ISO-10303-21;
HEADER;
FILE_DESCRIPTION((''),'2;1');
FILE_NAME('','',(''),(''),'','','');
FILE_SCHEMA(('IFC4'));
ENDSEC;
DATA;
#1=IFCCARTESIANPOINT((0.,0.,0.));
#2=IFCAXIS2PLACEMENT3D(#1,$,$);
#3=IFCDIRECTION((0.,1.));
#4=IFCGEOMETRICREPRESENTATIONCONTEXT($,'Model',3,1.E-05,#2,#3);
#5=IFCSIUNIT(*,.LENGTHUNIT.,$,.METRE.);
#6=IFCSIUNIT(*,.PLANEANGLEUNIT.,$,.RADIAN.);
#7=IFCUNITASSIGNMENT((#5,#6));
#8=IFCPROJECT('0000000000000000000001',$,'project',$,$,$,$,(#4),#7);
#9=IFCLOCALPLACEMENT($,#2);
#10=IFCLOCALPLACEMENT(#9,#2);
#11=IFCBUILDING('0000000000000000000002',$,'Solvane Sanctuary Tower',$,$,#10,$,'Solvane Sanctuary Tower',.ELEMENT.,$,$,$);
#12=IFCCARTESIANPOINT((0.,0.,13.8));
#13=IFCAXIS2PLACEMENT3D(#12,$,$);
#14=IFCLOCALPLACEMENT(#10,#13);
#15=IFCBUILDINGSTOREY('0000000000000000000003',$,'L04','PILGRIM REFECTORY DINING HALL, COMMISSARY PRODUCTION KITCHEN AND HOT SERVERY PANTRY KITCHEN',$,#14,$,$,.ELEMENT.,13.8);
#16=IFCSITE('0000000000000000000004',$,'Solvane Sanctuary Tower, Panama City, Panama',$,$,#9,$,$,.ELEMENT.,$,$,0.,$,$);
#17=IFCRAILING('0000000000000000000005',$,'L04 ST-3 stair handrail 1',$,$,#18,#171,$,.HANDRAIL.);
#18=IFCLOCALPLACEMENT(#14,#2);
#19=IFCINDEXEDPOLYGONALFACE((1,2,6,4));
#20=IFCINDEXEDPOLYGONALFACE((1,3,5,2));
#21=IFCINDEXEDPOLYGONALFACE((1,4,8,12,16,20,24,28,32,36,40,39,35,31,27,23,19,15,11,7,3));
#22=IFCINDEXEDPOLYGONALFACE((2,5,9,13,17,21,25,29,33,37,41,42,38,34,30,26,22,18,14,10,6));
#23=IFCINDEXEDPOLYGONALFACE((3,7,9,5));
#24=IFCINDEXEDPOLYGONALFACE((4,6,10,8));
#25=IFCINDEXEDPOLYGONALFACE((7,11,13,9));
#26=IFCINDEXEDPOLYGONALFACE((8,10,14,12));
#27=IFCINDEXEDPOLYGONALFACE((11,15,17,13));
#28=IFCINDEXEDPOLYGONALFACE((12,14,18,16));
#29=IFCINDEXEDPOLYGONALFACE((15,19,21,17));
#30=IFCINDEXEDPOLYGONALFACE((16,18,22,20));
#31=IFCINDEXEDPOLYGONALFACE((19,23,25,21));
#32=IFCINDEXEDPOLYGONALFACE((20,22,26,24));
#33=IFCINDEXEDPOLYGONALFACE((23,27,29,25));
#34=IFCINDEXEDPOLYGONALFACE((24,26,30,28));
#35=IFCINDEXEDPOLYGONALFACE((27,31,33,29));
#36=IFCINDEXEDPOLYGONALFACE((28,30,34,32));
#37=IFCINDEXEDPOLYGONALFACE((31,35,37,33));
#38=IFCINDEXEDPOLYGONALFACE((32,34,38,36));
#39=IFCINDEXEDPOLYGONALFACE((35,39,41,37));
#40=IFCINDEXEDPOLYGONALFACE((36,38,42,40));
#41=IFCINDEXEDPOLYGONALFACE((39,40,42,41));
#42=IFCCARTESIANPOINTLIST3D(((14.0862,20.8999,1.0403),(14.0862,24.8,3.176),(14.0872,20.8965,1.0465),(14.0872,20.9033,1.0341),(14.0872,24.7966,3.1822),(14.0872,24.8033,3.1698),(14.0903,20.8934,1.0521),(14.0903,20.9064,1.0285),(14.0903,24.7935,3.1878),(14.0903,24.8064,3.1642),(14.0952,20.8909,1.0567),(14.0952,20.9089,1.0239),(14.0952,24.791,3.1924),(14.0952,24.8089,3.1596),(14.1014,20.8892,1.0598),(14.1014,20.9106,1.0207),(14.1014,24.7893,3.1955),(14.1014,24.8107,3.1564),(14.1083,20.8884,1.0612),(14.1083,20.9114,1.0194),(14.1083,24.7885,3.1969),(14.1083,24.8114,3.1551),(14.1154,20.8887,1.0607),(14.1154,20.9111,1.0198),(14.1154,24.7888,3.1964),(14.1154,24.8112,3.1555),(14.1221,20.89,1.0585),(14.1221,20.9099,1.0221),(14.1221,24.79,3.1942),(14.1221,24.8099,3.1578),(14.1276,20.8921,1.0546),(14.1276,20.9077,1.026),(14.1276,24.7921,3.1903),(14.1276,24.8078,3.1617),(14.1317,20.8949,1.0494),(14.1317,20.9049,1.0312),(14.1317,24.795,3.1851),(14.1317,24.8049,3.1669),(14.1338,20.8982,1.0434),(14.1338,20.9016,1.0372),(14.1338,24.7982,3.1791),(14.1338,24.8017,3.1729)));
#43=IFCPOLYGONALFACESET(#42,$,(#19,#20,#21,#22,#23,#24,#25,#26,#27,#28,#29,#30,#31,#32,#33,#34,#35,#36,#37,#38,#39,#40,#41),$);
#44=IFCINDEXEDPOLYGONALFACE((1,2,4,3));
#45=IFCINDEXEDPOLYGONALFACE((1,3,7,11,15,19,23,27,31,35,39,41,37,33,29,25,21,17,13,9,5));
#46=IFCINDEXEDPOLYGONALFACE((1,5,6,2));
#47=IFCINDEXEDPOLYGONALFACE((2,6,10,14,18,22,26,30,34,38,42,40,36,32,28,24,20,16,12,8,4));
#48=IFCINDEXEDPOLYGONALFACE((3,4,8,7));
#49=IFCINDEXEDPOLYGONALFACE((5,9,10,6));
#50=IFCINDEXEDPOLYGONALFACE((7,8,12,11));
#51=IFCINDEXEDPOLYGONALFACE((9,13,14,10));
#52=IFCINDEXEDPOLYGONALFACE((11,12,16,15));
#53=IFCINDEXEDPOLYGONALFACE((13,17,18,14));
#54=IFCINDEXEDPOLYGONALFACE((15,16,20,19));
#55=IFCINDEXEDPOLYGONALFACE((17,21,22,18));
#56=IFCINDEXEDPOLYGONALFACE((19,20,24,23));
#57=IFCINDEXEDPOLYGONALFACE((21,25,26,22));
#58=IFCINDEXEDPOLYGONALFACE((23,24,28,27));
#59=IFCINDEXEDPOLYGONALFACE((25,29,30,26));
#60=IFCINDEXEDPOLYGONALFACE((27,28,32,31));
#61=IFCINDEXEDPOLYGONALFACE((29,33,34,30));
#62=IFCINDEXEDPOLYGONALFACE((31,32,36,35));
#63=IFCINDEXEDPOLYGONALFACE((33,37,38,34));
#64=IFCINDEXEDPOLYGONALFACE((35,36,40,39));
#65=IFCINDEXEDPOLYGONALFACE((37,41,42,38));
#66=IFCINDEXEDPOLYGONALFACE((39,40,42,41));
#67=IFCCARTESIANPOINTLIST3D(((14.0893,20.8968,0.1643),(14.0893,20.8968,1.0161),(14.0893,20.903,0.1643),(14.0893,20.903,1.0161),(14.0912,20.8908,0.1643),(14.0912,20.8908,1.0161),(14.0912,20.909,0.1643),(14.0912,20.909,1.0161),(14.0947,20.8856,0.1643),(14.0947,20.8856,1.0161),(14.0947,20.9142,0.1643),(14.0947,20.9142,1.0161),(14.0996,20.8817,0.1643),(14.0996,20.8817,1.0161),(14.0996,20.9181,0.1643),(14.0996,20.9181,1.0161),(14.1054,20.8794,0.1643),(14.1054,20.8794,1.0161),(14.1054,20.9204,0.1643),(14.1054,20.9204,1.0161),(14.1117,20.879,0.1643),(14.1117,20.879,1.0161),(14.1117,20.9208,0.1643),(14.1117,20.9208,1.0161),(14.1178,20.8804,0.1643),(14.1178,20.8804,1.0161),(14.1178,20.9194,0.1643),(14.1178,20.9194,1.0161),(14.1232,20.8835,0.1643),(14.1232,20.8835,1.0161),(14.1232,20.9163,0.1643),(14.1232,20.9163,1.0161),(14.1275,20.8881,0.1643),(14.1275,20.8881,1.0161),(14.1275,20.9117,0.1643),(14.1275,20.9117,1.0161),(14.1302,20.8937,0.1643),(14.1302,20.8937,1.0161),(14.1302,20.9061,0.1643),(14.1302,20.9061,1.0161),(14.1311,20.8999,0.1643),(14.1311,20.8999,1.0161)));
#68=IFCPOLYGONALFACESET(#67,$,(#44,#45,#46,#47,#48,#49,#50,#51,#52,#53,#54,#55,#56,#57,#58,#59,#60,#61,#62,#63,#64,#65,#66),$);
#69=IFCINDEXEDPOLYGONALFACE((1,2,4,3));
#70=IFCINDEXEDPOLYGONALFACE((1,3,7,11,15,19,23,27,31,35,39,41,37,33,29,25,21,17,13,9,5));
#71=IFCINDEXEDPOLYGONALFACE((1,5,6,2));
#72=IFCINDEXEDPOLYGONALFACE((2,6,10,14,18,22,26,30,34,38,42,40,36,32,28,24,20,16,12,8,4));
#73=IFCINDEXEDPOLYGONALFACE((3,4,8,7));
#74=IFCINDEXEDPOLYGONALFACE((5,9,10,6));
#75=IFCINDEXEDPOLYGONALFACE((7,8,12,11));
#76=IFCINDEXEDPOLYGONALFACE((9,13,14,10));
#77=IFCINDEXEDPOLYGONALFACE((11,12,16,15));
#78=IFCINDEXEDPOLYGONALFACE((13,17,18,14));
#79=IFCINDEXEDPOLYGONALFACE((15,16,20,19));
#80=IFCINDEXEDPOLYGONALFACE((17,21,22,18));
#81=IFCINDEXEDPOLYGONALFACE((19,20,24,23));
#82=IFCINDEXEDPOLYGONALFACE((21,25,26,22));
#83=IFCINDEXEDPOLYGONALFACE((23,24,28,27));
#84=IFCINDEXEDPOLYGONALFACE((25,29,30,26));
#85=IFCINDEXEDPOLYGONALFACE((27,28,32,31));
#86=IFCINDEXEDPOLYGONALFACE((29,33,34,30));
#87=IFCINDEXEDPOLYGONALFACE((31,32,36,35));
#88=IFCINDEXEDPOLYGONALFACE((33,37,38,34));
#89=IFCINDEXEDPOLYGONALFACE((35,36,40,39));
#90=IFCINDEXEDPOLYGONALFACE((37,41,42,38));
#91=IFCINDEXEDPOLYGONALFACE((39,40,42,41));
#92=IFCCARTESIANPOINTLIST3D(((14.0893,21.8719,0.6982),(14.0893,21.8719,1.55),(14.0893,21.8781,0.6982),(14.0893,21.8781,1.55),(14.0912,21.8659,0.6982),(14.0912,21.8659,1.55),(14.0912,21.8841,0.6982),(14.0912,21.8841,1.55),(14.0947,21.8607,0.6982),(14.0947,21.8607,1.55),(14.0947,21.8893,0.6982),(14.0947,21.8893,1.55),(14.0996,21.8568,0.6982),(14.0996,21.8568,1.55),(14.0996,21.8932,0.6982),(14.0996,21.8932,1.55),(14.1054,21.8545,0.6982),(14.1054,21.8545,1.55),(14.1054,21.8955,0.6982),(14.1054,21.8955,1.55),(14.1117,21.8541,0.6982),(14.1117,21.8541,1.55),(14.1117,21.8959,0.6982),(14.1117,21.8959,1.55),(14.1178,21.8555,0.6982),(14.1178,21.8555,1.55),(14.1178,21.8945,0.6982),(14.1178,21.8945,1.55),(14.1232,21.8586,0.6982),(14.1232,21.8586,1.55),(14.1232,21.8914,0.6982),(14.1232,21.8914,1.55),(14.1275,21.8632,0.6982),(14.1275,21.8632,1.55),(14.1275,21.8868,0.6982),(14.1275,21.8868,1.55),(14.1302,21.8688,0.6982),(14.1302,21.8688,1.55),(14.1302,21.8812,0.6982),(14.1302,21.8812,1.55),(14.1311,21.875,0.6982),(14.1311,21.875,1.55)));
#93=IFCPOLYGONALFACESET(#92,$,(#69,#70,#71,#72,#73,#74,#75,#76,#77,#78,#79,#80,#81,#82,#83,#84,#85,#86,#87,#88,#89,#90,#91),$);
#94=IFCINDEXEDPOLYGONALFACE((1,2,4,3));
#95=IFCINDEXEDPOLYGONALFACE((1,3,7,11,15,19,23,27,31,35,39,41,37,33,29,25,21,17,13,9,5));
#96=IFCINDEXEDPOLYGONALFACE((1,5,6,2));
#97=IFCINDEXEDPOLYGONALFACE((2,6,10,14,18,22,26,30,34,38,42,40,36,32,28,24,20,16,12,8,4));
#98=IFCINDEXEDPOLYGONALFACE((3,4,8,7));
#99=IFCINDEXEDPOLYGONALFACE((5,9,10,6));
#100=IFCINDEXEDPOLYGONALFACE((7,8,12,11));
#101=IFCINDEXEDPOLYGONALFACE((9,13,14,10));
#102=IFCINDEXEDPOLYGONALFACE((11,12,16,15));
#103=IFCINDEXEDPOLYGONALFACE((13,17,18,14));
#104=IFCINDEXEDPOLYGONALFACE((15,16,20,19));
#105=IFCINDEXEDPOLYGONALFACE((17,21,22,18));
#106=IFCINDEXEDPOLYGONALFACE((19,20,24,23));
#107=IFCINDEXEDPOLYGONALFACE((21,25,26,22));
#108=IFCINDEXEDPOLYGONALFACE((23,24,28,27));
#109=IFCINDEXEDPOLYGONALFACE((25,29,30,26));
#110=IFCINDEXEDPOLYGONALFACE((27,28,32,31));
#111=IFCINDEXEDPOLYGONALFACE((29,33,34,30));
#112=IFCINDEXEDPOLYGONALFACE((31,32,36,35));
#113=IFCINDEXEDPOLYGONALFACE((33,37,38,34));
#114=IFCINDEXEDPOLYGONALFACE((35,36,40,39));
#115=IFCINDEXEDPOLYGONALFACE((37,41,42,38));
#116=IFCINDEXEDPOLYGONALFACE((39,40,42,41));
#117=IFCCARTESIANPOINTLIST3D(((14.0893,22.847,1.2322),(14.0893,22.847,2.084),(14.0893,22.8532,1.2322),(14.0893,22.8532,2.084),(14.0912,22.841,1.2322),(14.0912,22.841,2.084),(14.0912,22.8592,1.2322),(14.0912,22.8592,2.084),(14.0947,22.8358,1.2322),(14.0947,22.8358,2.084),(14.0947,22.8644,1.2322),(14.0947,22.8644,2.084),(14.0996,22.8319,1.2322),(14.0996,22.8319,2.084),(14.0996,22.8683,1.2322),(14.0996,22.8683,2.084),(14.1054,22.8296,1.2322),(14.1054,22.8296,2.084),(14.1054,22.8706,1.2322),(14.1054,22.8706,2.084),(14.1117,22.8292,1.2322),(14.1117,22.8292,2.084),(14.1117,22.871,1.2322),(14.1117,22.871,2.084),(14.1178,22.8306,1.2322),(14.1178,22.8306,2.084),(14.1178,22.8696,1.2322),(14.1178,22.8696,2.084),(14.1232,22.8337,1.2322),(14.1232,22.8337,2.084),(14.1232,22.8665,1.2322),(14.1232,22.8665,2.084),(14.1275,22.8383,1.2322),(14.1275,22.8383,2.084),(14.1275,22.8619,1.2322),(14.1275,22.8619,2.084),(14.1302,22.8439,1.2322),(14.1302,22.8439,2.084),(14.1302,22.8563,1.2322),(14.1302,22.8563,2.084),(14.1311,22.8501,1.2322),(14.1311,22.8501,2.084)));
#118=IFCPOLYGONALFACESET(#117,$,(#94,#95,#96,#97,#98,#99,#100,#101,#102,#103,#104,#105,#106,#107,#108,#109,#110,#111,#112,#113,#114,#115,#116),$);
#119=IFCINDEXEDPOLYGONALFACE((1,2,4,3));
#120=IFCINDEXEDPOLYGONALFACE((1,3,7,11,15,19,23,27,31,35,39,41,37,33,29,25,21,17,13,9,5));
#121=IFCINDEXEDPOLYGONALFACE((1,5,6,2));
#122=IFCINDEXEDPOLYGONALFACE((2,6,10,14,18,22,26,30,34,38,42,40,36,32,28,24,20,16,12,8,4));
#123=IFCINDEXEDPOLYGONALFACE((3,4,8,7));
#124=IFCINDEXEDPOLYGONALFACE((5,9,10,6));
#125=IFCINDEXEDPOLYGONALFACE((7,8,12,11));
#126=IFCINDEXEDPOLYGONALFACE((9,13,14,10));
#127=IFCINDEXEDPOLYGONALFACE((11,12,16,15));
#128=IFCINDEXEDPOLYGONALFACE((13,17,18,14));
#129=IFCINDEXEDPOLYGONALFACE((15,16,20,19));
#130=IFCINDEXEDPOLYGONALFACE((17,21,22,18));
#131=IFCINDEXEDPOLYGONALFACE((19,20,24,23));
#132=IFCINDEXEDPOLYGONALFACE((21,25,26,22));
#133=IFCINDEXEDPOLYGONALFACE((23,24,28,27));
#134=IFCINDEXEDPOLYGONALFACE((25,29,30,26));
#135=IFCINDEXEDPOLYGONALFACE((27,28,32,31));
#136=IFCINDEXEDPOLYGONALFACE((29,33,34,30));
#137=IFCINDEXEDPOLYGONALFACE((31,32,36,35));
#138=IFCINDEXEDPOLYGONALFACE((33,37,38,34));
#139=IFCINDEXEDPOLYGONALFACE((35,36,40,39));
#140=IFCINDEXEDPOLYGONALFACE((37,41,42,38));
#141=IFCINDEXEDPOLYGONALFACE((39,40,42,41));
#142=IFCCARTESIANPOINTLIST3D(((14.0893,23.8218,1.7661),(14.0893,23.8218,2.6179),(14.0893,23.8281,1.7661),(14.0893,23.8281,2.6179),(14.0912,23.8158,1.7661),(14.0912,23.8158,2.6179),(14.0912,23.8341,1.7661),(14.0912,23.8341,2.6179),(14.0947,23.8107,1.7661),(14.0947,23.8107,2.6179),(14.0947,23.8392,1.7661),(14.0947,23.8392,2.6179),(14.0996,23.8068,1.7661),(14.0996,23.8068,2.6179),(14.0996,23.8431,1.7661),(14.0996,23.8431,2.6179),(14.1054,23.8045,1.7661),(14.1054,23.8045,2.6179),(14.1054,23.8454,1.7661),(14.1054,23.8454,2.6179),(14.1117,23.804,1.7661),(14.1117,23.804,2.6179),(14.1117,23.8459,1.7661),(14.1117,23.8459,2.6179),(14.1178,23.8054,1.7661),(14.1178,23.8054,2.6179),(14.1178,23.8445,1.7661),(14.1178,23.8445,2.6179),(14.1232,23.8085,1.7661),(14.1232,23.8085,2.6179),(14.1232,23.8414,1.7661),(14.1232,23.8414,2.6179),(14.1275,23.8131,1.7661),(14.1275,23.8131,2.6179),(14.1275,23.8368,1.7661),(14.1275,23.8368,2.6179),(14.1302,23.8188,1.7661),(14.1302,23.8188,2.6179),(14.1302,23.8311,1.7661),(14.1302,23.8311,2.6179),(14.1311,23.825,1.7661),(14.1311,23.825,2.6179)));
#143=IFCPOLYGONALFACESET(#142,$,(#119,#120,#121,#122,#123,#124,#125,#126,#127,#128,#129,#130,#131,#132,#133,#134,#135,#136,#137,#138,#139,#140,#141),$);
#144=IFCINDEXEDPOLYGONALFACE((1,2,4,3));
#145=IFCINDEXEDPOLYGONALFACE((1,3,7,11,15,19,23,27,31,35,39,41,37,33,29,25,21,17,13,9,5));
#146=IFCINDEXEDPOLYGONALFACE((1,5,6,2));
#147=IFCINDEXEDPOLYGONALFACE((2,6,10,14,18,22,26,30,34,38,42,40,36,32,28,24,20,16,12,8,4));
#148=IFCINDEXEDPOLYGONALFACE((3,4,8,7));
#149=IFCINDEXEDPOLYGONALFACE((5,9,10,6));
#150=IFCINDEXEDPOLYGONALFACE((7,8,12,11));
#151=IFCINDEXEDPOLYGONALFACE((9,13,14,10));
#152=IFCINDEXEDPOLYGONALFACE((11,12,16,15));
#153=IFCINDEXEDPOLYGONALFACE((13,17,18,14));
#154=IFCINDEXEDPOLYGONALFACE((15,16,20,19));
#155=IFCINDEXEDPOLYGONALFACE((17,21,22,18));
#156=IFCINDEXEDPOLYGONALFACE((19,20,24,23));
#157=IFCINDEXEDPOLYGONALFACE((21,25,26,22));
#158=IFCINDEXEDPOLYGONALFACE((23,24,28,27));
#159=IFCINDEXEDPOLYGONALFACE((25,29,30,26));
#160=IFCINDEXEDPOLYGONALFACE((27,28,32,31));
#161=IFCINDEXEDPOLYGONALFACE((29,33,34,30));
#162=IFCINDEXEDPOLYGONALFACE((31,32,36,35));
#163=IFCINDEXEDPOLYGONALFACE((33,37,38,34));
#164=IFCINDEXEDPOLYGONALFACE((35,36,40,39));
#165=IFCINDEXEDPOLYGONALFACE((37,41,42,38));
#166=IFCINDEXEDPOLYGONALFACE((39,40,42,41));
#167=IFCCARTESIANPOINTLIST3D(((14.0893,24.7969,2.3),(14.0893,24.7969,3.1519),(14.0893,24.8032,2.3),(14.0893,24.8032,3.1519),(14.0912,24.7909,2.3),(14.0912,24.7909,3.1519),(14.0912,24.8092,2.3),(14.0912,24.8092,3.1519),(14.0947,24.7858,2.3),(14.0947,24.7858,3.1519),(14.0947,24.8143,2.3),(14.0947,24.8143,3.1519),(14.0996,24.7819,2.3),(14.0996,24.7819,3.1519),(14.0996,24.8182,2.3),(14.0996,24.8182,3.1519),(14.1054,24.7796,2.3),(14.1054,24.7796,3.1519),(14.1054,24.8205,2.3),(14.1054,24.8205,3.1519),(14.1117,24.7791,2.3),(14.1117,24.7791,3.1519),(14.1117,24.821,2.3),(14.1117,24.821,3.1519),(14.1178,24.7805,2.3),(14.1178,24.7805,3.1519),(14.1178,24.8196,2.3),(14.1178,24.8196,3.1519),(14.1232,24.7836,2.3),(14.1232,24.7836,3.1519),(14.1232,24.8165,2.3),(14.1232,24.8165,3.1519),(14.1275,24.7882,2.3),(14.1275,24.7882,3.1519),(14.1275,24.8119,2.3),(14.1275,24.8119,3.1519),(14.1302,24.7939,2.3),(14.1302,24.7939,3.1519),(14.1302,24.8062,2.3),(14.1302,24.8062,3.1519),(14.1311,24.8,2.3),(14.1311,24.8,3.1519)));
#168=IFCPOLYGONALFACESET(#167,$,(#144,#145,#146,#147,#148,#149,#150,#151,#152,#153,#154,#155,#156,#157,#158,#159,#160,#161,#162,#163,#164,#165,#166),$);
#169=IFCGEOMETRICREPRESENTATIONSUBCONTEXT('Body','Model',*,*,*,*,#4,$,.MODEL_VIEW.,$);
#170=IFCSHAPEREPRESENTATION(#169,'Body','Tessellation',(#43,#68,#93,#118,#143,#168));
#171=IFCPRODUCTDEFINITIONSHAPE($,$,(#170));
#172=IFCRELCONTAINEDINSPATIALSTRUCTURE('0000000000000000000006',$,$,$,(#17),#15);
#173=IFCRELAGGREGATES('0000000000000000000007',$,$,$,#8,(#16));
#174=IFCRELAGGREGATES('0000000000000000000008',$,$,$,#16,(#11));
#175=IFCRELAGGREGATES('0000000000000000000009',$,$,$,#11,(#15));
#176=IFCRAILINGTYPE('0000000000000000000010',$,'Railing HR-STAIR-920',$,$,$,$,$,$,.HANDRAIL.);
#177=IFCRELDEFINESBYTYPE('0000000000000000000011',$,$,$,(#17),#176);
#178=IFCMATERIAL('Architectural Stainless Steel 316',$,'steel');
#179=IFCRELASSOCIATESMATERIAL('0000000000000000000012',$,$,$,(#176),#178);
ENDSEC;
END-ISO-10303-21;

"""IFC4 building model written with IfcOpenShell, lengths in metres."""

from ifc_helpers import new_model, si_unit, direction, frame, origin, origin_2d, place, context, subcontext, project, spatial, circle, extrude, material, type_object, element, save


model = new_model("IFC4")

# Units and contexts
model_context = context("Model", 3, precision=1e-05, world=origin(), true_north=direction((0.0, 1.0)))
body_context = subcontext(model_context, "Body", "Model", "MODEL_VIEW")
ifc_project = project(units=[si_unit("LENGTHUNIT", "METRE"), si_unit("PLANEANGLEUNIT", "RADIAN")], contexts=[model_context])

# Site, building, storey
site_placement = place(None, origin())
site = spatial("IfcSite", under=ifc_project, at=site_placement, Name="Solvane Sanctuary Tower, Panama City, Panama", CompositionType="ELEMENT", RefElevation=0.0)
building_placement = place(site_placement, origin())
building = spatial("IfcBuilding", under=site, at=building_placement, Name="Solvane Sanctuary Tower", LongName="Solvane Sanctuary Tower", CompositionType="ELEMENT")
storey_placement = place(building_placement, frame((0.0, 0.0, 13.8)))
storey = spatial("IfcBuildingStorey", under=building, at=storey_placement, Name="L04", Description="PILGRIM REFECTORY DINING HALL, COMMISSARY PRODUCTION KITCHEN AND HOT SERVERY PANTRY KITCHEN", CompositionType="ELEMENT", Elevation=13.8)

# Railing
ifc_material_1 = material(Name="Architectural Stainless Steel 316", Category="steel")
railing_type_1 = type_object("IfcRailingType", Name="Railing HR-STAIR-920", PredefinedType="HANDRAIL", material=ifc_material_1)
railing_1_placement = place(storey_placement, frame((14.1101, 20.8999, 0.1643)))
element("IfcRailing", 1, at=railing_1_placement, inside=storey, type_object=railing_type_1, Name="L04 ST-3 stair handrail 1", PredefinedType="HANDRAIL", context=body_context, shape_type="SweptSolid", body=[
    extrude(circle(Radius=0.0239, at=origin_2d()), frame((0.0, 0.0, 0.876), z_axis=(0.0, 0.877101, 0.480306), x_axis=(-1.0, 0.0, 0.0)), (0.0, 0.0, 1.0), 4.4465),
    extrude(circle(Radius=0.021, at=origin_2d()), origin(), (0.0, 0.0, 1.0), 0.8518),
    extrude(circle(Radius=0.021, at=origin_2d()), frame((0.0, 0.9751, 0.5339)), (0.0, 0.0, 1.0), 0.8518),
    extrude(circle(Radius=0.021, at=origin_2d()), frame((0.0, 1.9502, 1.0679)), (0.0, 0.0, 1.0), 0.8518),
    extrude(circle(Radius=0.021, at=origin_2d()), frame((0.0, 2.925, 1.6018)), (0.0, 0.0, 1.0), 0.8518),
    extrude(circle(Radius=0.021, at=origin_2d()), frame((0.0, 3.9001, 2.1357)), (0.0, 0.0, 1.0), 0.8518),
])

save(model, "model.ifc")
